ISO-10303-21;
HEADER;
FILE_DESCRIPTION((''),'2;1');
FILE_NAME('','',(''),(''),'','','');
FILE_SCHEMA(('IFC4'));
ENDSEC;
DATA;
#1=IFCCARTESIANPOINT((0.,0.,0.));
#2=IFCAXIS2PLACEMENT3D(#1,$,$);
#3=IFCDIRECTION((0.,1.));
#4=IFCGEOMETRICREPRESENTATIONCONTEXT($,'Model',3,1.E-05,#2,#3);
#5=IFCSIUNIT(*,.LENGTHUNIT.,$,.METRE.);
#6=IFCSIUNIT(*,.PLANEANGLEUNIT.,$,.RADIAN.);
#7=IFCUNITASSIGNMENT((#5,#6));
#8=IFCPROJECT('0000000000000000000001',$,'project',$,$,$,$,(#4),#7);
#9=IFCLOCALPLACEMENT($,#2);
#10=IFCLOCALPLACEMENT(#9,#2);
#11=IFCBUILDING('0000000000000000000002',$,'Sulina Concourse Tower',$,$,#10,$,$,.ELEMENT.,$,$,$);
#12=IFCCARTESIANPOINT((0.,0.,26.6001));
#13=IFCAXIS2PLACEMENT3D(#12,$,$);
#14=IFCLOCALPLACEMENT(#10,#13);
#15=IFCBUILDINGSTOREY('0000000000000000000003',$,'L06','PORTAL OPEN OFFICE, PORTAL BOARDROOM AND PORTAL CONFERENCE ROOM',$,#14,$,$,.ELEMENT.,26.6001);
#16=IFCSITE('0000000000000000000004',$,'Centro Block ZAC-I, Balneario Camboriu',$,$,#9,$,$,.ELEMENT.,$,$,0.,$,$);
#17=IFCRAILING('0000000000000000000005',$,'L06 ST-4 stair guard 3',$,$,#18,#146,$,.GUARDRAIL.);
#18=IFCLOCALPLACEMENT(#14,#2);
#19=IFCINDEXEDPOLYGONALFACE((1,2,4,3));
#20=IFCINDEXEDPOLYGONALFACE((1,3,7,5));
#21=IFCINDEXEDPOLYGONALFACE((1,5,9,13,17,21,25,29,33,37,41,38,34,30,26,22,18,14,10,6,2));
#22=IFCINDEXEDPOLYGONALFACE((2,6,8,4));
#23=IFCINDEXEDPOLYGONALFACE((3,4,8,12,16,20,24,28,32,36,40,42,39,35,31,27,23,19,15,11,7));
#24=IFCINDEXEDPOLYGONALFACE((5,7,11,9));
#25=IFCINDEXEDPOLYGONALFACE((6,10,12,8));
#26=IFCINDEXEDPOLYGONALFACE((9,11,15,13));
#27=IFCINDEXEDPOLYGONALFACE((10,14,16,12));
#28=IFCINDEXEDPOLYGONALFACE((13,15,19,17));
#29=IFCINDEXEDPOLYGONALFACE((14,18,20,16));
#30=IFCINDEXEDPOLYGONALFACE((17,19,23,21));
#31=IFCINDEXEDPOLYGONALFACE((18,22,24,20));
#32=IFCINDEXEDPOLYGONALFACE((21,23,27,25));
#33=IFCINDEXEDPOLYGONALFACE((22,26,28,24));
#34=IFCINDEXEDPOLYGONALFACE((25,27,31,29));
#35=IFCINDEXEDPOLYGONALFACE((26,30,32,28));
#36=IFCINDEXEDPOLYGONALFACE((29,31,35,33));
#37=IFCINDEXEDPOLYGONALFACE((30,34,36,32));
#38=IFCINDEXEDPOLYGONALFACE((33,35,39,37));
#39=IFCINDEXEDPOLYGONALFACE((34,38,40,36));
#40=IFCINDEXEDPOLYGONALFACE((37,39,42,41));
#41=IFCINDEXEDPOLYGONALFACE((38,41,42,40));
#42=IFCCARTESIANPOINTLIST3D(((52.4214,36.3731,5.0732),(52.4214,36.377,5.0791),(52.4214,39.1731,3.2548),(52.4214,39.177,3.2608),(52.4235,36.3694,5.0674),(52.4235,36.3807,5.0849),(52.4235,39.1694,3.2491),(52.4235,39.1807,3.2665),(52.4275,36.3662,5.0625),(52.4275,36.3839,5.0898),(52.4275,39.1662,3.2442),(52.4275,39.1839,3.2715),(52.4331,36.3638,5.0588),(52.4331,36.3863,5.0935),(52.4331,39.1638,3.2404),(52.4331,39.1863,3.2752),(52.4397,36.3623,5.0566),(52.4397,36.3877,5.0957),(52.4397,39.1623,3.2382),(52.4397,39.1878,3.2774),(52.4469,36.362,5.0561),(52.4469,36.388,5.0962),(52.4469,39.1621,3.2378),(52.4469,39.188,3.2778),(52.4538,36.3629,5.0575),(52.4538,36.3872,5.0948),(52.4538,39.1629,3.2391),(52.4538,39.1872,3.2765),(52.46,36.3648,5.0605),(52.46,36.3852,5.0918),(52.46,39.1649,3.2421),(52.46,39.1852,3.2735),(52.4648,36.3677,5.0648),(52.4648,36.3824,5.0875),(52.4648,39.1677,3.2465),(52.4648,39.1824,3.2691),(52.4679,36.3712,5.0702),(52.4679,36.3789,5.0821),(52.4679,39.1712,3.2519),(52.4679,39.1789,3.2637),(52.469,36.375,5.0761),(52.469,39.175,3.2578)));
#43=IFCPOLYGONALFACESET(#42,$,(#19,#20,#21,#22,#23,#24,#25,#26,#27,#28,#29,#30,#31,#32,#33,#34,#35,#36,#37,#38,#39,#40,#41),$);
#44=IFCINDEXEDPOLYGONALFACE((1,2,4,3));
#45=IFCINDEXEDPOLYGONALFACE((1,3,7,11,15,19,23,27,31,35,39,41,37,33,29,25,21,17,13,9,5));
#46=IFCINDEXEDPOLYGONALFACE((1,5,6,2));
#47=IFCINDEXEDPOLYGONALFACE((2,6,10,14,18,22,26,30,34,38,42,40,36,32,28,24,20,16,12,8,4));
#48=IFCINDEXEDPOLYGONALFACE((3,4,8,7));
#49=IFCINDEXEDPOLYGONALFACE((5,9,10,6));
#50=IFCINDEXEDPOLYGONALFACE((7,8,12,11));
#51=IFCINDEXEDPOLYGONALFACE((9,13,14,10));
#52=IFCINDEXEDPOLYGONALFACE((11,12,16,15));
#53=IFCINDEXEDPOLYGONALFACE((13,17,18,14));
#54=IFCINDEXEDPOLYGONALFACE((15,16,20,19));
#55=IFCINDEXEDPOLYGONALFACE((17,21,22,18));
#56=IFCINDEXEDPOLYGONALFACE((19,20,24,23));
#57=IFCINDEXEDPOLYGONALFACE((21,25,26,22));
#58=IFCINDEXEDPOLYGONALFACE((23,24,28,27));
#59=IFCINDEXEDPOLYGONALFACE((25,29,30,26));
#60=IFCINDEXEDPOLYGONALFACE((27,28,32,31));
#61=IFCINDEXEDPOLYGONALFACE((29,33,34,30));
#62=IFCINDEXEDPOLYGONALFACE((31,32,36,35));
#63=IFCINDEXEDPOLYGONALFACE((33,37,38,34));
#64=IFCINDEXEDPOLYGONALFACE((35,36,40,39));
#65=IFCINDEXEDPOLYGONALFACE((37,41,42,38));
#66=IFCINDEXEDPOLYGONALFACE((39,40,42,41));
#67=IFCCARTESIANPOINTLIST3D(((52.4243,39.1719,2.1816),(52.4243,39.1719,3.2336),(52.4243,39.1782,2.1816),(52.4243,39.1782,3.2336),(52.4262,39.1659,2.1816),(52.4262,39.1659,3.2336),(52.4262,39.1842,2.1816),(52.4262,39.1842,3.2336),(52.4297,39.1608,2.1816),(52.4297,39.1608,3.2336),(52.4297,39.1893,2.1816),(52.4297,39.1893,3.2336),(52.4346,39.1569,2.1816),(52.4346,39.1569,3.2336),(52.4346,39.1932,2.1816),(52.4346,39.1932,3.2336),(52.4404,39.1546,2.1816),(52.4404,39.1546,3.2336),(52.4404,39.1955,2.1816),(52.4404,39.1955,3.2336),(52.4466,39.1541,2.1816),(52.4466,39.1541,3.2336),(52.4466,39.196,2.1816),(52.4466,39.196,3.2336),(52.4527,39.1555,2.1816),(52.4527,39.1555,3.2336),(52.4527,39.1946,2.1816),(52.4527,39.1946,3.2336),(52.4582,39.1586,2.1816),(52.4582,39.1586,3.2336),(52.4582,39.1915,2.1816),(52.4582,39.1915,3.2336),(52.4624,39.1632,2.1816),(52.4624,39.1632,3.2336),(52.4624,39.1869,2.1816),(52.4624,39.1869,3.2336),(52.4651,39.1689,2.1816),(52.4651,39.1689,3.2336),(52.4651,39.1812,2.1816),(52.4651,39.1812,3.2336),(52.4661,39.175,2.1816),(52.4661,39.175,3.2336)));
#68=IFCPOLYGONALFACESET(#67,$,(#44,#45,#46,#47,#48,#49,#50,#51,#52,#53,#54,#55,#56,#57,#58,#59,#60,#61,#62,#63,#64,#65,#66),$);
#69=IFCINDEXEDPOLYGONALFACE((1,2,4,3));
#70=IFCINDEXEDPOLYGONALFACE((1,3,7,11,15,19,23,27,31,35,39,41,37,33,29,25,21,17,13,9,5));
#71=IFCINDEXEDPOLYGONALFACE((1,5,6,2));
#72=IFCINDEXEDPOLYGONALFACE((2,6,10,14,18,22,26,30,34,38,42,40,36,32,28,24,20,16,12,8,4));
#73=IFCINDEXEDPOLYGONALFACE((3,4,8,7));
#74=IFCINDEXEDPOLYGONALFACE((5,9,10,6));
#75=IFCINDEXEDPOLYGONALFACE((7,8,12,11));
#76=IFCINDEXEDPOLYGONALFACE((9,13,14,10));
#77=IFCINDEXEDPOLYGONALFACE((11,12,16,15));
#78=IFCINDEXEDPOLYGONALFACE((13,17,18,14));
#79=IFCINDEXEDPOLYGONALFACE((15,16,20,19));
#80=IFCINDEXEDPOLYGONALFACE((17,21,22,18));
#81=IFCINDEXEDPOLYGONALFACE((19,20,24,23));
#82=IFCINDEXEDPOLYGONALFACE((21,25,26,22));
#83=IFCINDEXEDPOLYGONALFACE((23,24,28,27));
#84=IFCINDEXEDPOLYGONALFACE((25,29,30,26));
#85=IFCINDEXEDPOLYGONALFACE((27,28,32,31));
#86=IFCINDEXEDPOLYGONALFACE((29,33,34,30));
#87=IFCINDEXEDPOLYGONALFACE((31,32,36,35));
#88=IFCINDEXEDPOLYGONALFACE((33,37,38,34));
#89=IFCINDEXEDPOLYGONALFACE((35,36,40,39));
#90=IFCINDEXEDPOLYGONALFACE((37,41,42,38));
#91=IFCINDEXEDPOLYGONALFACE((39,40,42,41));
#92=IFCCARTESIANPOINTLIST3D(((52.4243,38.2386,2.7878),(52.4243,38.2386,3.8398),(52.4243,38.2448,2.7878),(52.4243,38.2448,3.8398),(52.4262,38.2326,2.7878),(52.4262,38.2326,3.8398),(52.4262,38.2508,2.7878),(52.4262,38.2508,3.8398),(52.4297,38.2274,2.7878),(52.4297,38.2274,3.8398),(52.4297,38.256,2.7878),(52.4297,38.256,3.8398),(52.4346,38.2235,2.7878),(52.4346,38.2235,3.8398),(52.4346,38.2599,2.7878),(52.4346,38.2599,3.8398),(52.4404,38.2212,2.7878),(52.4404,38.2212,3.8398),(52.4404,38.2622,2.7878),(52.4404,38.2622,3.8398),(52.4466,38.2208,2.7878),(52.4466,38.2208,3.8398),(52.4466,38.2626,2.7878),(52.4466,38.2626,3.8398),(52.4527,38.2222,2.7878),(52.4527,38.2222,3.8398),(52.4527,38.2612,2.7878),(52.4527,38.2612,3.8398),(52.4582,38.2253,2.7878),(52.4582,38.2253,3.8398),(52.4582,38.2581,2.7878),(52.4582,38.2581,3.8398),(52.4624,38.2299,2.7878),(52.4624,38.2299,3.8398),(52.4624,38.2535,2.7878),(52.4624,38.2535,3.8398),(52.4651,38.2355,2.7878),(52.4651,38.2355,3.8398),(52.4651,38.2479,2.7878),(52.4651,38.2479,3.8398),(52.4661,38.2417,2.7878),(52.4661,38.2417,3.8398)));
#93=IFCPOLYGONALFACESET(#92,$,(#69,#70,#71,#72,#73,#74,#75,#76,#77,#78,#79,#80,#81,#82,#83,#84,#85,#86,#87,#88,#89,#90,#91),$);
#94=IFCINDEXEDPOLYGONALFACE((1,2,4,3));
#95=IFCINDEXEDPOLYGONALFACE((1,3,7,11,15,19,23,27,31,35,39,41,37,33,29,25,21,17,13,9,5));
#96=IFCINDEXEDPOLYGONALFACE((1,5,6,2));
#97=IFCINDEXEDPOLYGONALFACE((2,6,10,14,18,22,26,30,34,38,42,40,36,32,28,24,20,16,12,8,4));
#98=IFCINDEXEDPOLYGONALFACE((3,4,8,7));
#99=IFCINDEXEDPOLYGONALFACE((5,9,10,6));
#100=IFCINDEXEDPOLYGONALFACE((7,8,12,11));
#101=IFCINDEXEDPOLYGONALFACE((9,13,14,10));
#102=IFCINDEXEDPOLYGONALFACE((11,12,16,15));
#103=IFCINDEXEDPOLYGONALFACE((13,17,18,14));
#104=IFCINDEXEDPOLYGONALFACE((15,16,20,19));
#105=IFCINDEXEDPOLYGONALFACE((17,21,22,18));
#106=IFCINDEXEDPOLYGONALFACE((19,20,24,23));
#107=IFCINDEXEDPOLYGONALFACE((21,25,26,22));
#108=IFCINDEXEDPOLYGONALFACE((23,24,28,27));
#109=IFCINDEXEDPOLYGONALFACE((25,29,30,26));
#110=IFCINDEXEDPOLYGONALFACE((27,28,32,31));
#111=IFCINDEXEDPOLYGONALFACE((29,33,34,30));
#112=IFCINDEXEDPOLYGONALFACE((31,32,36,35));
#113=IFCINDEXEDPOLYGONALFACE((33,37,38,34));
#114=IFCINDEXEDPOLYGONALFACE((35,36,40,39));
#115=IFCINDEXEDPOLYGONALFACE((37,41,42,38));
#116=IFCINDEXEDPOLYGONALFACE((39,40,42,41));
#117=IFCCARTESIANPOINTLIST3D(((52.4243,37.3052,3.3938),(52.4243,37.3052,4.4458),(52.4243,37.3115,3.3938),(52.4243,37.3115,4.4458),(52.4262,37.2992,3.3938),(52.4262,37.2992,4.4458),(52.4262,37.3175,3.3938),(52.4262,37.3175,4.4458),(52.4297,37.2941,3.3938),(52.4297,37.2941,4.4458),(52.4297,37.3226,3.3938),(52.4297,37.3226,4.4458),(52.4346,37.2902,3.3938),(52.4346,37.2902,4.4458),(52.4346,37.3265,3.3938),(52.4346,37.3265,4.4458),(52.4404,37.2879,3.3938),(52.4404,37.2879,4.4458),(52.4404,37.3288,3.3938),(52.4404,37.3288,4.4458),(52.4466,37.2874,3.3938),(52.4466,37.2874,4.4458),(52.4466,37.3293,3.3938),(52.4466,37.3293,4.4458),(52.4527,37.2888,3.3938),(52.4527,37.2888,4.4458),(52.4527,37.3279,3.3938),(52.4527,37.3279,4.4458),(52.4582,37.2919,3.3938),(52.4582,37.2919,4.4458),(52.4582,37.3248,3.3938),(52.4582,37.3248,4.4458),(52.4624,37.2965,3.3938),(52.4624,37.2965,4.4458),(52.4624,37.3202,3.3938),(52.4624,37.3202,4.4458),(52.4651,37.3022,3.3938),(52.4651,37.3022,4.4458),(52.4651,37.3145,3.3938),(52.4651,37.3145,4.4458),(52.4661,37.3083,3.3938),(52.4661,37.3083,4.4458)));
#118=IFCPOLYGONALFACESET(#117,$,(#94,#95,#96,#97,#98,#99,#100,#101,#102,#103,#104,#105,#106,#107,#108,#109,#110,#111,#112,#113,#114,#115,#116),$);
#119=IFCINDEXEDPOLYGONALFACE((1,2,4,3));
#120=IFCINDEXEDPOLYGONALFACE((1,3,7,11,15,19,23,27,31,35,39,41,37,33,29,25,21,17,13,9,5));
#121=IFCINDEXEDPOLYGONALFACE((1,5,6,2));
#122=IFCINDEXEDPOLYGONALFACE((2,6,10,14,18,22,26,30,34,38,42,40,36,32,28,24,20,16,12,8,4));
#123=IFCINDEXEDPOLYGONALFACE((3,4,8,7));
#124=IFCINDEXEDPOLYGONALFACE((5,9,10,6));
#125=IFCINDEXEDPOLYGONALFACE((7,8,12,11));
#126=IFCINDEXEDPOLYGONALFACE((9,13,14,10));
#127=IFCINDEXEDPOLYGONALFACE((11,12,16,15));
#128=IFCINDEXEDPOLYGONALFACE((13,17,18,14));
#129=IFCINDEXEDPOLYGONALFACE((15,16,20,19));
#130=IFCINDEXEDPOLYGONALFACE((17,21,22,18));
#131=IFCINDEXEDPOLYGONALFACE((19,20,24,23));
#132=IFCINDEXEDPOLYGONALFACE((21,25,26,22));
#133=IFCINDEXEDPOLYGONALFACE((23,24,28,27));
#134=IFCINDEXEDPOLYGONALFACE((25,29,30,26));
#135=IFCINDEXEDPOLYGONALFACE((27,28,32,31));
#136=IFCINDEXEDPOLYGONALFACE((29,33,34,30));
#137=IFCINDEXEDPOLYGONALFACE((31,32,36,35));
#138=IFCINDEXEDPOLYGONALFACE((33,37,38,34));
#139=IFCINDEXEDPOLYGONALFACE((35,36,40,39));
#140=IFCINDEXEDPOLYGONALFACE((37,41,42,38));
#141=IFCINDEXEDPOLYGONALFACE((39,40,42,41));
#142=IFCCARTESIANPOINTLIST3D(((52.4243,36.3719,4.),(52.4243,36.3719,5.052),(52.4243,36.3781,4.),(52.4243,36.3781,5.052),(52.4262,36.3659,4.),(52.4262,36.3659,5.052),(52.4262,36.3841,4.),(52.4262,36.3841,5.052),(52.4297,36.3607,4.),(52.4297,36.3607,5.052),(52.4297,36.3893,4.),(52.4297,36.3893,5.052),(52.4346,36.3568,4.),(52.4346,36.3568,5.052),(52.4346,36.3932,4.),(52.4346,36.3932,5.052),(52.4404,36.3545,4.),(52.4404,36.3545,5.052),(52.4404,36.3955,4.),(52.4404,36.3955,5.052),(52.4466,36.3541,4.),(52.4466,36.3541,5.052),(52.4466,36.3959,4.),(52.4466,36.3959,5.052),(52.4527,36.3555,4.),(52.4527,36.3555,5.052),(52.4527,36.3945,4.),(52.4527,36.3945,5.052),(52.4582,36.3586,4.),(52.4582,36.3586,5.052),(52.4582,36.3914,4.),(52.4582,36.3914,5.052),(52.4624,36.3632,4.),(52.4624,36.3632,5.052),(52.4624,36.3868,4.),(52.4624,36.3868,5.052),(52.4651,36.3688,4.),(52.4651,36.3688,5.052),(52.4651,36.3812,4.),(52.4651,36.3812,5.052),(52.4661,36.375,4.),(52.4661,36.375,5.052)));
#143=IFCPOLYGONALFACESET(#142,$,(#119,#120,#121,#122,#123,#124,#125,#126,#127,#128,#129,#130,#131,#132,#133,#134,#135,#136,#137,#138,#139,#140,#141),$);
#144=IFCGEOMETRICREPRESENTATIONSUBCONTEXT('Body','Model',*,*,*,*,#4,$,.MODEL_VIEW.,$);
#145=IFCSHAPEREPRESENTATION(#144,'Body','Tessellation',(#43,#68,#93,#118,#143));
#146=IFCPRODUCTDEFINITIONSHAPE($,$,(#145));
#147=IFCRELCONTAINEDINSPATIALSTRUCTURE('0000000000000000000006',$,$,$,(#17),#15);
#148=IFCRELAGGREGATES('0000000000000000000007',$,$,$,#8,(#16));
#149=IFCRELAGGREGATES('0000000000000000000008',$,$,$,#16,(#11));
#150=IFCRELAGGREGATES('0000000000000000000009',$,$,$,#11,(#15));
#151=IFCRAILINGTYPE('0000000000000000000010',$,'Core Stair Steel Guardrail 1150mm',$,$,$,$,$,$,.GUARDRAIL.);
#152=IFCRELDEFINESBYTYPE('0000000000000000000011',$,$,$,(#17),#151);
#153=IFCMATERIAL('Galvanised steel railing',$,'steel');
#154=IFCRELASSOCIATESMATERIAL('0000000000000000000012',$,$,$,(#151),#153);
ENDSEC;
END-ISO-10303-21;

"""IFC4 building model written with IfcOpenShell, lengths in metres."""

from ifc_helpers import new_model, si_unit, direction, frame, origin, origin_2d, place, context, subcontext, project, spatial, circle, extrude, material, type_object, element, save


model = new_model("IFC4")

# Units and contexts
model_context = context("Model", 3, precision=1e-05, world=origin(), true_north=direction((0.0, 1.0)))
body_context = subcontext(model_context, "Body", "Model", "MODEL_VIEW")
ifc_project = project(units=[si_unit("LENGTHUNIT", "METRE"), si_unit("PLANEANGLEUNIT", "RADIAN")], contexts=[model_context])

# Site, building, storey
site_placement = place(None, origin())
site = spatial("IfcSite", under=ifc_project, at=site_placement, Name="Centro Block ZAC-I, Balneario Camboriu", CompositionType="ELEMENT", RefElevation=0.0)
building_placement = place(site_placement, origin())
building = spatial("IfcBuilding", under=site, at=building_placement, Name="Sulina Concourse Tower", CompositionType="ELEMENT")
storey_placement = place(building_placement, frame((0.0, 0.0, 26.6001)))
storey = spatial("IfcBuildingStorey", under=building, at=storey_placement, Name="L06", Description="PORTAL OPEN OFFICE, PORTAL BOARDROOM AND PORTAL CONFERENCE ROOM", CompositionType="ELEMENT", Elevation=26.6001)

# Railing
ifc_material_1 = material(Name="Galvanised steel railing", Category="steel")
railing_type_1 = type_object("IfcRailingType", Name="Core Stair Steel Guardrail 1150mm", PredefinedType="GUARDRAIL", material=ifc_material_1)
railing_1_placement = place(storey_placement, frame((52.4451, 39.175, 2.1816)))
element("IfcRailing", 1, at=railing_1_placement, inside=storey, type_object=railing_type_1, Name="L06 ST-4 stair guard 3", PredefinedType="GUARDRAIL", context=body_context, shape_type="SweptSolid", body=[
    extrude(circle(Radius=0.0239, at=origin_2d()), frame((0.0, 0.0, 1.0762), z_axis=(0.0, -0.838672, 0.544636), x_axis=(1.0, 0.0, 0.0)), (0.0, 0.0, 1.0), 3.3386),
    extrude(circle(Radius=0.021, at=origin_2d()), origin(), (0.0, 0.0, 1.0), 1.052),
    extrude(circle(Radius=0.021, at=origin_2d()), frame((0.0, -0.9333, 0.6062)), (0.0, 0.0, 1.0), 1.052),
    extrude(circle(Radius=0.021, at=origin_2d()), frame((0.0, -1.8667, 1.2122)), (0.0, 0.0, 1.0), 1.052),
    extrude(circle(Radius=0.021, at=origin_2d()), frame((0.0, -2.8, 1.8184)), (0.0, 0.0, 1.0), 1.052),
])

save(model, "model.ifc")
